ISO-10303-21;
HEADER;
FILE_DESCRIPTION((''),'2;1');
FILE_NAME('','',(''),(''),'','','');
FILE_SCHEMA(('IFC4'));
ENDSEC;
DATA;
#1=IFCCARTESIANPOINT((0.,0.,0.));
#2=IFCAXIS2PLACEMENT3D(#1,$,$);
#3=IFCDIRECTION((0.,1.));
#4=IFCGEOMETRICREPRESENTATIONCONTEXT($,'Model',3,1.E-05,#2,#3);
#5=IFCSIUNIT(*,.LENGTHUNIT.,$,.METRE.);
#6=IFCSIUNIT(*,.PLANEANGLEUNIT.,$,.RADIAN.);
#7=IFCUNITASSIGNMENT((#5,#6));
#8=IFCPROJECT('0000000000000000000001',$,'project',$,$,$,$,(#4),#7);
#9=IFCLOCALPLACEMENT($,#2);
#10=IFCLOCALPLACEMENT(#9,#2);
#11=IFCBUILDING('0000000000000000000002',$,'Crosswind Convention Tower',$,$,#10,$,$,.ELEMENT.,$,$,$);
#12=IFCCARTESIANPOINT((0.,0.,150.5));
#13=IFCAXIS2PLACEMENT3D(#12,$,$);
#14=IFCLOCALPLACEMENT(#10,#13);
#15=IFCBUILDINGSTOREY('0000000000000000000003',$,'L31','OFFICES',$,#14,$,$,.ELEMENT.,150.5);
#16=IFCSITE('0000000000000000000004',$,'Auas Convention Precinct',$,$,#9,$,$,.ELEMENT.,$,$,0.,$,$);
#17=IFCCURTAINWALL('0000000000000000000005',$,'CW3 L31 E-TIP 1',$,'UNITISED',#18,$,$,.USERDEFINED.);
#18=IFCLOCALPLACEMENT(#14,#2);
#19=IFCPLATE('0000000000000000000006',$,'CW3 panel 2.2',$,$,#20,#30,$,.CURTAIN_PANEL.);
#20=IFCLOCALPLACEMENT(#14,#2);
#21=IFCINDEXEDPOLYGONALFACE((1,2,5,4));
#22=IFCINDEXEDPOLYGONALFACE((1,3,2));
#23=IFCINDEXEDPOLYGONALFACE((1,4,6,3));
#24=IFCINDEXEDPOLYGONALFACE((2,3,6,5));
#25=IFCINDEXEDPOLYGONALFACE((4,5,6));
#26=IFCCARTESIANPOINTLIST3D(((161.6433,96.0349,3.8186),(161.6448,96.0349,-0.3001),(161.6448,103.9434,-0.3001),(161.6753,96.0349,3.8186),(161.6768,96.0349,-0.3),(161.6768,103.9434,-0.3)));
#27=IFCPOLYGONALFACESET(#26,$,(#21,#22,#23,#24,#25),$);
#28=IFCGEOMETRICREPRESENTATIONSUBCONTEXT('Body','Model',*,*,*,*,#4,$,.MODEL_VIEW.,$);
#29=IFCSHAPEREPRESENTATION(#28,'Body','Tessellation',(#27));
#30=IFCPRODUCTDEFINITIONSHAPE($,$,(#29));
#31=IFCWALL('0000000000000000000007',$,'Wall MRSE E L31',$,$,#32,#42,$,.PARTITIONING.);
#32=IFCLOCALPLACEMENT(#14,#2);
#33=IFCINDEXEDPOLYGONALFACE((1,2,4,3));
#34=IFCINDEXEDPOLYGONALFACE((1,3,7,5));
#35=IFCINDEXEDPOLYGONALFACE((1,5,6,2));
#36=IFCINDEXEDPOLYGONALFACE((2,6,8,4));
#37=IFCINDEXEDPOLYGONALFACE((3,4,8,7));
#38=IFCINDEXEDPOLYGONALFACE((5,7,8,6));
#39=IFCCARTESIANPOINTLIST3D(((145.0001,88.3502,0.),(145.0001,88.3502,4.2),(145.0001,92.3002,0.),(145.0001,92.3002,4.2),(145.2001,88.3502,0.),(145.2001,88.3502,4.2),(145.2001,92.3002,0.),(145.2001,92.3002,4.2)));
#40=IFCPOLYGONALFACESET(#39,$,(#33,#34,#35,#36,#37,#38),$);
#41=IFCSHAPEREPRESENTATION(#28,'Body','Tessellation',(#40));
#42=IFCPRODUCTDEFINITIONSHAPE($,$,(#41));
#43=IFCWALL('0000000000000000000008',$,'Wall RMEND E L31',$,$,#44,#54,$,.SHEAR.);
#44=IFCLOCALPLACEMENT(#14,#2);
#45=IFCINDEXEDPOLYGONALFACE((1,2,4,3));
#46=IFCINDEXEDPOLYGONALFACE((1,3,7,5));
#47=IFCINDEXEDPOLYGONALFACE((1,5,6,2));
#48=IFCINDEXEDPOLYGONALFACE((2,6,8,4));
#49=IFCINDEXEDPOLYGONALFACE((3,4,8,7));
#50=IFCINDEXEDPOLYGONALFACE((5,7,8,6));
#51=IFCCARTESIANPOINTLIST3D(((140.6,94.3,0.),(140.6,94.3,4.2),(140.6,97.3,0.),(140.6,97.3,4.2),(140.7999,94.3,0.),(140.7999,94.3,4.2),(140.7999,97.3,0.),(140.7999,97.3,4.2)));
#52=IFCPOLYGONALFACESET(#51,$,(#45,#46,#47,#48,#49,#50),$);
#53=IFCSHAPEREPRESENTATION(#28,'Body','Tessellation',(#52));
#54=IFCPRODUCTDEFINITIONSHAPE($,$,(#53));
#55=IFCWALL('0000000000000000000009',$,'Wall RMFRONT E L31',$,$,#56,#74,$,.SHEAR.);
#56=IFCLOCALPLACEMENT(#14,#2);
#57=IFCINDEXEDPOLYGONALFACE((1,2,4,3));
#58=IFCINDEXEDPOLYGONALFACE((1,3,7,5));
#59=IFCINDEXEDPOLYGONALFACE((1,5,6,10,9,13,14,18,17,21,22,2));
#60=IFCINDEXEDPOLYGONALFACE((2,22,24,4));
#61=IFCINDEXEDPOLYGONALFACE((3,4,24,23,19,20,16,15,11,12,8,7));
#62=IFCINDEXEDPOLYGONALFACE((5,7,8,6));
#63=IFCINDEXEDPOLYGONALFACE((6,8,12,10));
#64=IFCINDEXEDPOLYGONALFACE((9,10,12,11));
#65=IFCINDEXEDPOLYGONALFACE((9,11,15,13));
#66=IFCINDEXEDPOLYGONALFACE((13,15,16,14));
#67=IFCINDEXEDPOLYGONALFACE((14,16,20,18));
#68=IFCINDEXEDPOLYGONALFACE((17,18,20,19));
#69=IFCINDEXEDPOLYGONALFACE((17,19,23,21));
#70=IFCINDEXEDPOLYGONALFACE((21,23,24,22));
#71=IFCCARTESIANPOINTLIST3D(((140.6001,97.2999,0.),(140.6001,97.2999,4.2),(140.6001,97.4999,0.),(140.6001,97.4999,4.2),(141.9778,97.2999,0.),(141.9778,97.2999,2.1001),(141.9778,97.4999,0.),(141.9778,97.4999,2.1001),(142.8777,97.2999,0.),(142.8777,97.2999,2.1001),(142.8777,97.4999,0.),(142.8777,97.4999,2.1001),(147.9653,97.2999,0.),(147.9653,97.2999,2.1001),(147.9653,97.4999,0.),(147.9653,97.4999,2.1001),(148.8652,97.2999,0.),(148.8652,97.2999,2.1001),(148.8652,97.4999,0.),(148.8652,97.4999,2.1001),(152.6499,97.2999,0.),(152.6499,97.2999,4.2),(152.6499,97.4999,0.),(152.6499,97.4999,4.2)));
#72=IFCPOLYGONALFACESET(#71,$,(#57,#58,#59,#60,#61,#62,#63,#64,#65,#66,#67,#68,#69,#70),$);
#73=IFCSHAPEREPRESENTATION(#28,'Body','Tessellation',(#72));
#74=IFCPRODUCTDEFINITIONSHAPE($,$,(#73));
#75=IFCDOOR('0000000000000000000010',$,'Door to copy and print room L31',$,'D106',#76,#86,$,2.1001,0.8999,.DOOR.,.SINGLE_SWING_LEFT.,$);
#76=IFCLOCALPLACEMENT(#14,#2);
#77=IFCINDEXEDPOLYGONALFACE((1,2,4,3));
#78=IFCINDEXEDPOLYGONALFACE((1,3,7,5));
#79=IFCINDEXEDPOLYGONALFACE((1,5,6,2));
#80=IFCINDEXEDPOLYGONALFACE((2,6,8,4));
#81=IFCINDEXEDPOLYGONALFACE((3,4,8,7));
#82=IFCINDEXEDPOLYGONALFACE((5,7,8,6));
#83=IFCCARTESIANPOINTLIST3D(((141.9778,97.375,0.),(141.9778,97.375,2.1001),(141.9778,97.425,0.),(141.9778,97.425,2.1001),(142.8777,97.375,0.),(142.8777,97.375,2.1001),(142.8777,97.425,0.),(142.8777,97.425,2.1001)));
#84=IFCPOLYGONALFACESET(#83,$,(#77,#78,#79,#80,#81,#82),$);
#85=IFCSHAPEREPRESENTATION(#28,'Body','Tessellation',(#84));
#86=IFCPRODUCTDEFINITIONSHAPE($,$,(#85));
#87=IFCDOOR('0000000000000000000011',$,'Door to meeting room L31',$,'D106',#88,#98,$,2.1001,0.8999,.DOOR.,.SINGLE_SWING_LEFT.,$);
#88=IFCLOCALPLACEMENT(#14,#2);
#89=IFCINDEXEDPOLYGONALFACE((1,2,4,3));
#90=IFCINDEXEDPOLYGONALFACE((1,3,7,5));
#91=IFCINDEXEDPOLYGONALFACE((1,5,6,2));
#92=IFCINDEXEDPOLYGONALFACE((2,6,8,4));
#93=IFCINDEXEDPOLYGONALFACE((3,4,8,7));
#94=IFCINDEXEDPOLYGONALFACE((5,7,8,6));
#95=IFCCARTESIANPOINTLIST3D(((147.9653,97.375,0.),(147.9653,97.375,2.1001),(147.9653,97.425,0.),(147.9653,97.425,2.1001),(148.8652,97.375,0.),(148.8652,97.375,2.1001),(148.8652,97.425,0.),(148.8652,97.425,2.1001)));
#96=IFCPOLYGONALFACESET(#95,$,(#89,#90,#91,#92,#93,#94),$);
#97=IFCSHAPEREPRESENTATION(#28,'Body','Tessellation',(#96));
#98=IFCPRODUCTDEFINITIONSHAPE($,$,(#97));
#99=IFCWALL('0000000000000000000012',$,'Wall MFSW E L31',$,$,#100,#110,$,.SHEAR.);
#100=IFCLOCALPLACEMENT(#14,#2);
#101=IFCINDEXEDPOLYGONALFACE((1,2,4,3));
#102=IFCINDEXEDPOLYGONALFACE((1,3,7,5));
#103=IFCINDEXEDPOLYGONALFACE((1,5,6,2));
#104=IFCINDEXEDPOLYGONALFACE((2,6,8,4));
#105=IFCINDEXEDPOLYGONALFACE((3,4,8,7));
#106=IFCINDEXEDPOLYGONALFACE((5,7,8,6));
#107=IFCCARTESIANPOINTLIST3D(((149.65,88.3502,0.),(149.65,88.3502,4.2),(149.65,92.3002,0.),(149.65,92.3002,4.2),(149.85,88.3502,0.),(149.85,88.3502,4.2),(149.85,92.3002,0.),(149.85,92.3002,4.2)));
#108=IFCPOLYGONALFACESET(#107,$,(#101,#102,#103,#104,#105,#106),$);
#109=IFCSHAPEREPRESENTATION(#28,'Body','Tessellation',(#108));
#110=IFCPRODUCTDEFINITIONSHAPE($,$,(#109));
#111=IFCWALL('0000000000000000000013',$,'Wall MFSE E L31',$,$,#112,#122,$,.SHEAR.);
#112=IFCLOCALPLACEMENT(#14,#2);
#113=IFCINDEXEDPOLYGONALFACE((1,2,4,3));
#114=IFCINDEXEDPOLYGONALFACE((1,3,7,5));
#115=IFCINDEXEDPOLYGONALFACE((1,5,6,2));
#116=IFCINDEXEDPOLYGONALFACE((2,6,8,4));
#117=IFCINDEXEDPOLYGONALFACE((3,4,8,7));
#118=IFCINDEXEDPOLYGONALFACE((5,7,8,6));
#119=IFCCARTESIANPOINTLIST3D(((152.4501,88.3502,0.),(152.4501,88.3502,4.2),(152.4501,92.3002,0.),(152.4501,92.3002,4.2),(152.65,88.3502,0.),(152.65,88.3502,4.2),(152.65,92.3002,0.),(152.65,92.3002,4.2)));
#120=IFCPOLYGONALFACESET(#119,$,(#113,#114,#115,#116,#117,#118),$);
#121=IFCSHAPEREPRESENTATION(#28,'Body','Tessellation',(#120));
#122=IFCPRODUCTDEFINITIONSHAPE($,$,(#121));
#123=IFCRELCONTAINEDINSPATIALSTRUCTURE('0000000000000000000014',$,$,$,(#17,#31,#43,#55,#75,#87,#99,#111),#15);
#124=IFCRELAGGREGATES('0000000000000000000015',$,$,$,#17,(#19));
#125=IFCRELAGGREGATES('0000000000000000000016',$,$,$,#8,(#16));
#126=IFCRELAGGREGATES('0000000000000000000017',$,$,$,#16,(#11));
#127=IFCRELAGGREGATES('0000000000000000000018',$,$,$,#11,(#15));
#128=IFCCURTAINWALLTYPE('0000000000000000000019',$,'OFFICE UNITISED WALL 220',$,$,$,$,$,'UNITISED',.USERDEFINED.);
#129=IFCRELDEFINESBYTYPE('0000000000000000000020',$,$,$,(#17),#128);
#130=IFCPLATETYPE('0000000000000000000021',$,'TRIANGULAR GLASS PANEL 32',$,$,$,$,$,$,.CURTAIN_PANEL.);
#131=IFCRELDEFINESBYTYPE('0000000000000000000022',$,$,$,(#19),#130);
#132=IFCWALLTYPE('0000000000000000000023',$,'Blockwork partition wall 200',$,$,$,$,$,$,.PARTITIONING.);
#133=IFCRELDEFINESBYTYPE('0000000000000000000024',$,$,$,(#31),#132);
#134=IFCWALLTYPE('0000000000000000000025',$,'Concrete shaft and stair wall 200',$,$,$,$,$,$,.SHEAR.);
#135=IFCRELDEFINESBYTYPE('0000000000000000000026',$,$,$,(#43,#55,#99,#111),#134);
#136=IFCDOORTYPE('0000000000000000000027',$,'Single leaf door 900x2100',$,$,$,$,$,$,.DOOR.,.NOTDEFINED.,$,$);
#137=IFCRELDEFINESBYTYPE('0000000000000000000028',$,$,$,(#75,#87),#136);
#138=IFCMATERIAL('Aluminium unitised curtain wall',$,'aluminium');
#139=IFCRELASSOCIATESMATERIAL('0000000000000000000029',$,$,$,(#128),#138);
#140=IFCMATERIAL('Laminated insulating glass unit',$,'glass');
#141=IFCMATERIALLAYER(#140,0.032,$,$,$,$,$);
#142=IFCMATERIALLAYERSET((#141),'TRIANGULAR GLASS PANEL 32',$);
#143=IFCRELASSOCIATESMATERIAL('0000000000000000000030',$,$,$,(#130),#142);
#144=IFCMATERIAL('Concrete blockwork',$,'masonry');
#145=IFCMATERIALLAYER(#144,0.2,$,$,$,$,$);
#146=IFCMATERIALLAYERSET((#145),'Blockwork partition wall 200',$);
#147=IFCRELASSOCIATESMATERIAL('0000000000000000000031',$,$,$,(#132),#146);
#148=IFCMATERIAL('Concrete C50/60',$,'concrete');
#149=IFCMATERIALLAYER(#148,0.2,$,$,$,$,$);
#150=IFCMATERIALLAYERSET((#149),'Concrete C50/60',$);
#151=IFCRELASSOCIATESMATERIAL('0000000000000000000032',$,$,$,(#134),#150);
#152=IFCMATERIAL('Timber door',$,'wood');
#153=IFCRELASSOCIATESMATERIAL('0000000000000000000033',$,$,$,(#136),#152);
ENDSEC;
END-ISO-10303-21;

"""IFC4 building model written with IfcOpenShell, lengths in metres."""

from ifc_helpers import new_model, si_unit, direction, frame, frame_2d, origin, place, context, subcontext, project, spatial, polyline, rectangle, outline, extrude, material, layer, layer_set, type_object, element, fill, aggregate, save


model = new_model("IFC4")

# Units and contexts
model_context = context("Model", 3, precision=1e-05, world=origin(), true_north=direction((0.0, 1.0)))
body_context = subcontext(model_context, "Body", "Model", "MODEL_VIEW")
ifc_project = project(units=[si_unit("LENGTHUNIT", "METRE"), si_unit("PLANEANGLEUNIT", "RADIAN")], contexts=[model_context])

# Site, building, storey
site_placement = place(None, origin())
site = spatial("IfcSite", under=ifc_project, at=site_placement, Name="Auas Convention Precinct", CompositionType="ELEMENT", RefElevation=0.0)
building_placement = place(site_placement, origin())
building = spatial("IfcBuilding", under=site, at=building_placement, Name="Crosswind Convention Tower", CompositionType="ELEMENT")
storey_placement = place(building_placement, frame((0.0, 0.0, 150.5)))
storey = spatial("IfcBuildingStorey", under=building, at=storey_placement, Name="L31", Description="OFFICES", CompositionType="ELEMENT", Elevation=150.5)

# Curtain wall
ifc_material_1 = material(Name="Aluminium unitised curtain wall", Category="aluminium")
curtain_wall_type = type_object("IfcCurtainWallType", Name="OFFICE UNITISED WALL 220", ElementType="UNITISED", PredefinedType="USERDEFINED", material=ifc_material_1)
curtain_wall_placement = place(storey_placement, origin())
curtain_wall = element("IfcCurtainWall", 1, at=curtain_wall_placement, inside=storey, type_object=curtain_wall_type, Name="CW3 L31 E-TIP 1", ObjectType="UNITISED", PredefinedType="USERDEFINED")

# Plate
ifc_material_2 = material(Name="Laminated insulating glass unit", Category="glass")
ifc_layer_1 = layer(ifc_material_2, 0.032)
ifc_layer_set_1 = layer_set([ifc_layer_1], Name="TRIANGULAR GLASS PANEL 32")
plate_type = type_object("IfcPlateType", Name="TRIANGULAR GLASS PANEL 32", PredefinedType="CURTAIN_PANEL", material=ifc_layer_set_1)
plate_1_placement = place(storey_placement, frame((161.6768, 96.0349, -0.3), z_axis=(1.0, 0.0, 0.000356), x_axis=(0.0, 1.0, 0.0)))
plate_1 = element("IfcPlate", 2, at=plate_1_placement, type_object=plate_type, Name="CW3 panel 2.2", PredefinedType="CURTAIN_PANEL", context=body_context, shape_type="SweptSolid", body=[
    extrude(outline(polyline([(0.0, 0.0), (7.9084, 0.0), (0.0, 4.1187), (0.0, 0.0)])), origin(), (0.0, 0.0, -1.0), 0.032),
])
aggregate(curtain_wall, [plate_1])

# Wall
ifc_material_3 = material(Name="Concrete blockwork", Category="masonry")
ifc_layer_2 = layer(ifc_material_3, 0.2)
ifc_layer_set_2 = layer_set([ifc_layer_2], Name="Blockwork partition wall 200")
wall_type_1 = type_object("IfcWallType", Name="Blockwork partition wall 200", PredefinedType="PARTITIONING", material=ifc_layer_set_2)
wall_1_placement = place(storey_placement, frame((145.1001, 88.3501, 0.0), z_axis=(0.0, 0.0, 1.0), x_axis=(0.0, 1.0, 0.0)))
element("IfcWall", 3, at=wall_1_placement, inside=storey, type_object=wall_type_1, Name="Wall MRSE E L31", PredefinedType="PARTITIONING", context=body_context, shape_type="SweptSolid", body=[
    extrude(rectangle(XDim=3.95, YDim=0.2, at=frame_2d((1.9751, 0.0))), origin(), (0.0, 0.0, 1.0), 4.2),
])

# Wall
ifc_material_4 = material(Name="Concrete C50/60", Category="concrete")
ifc_layer_3 = layer(ifc_material_4, 0.2)
ifc_layer_set_3 = layer_set([ifc_layer_3], Name="Concrete C50/60")
wall_type_2 = type_object("IfcWallType", Name="Concrete shaft and stair wall 200", PredefinedType="SHEAR", material=ifc_layer_set_3)
wall_2_placement = place(storey_placement, frame((140.7, 94.3, 0.0), z_axis=(0.0, 0.0, 1.0), x_axis=(0.0, 1.0, 0.0)))
element("IfcWall", 4, at=wall_2_placement, inside=storey, type_object=wall_type_2, Name="Wall RMEND E L31", PredefinedType="SHEAR", context=body_context, shape_type="SweptSolid", body=[
    extrude(rectangle(XDim=3.0, YDim=0.2, at=frame_2d((1.5, 0.0))), origin(), (0.0, 0.0, 1.0), 4.2),
])

# Wall, openings, doors
wall_3_placement = place(storey_placement, frame((140.6001, 97.3999, 0.0), z_axis=(0.0, 0.0, 1.0), x_axis=(1.0, 0.0, 0.0)))
wall_3 = element("IfcWall", 5, at=wall_3_placement, inside=storey, type_object=wall_type_2, Name="Wall RMFRONT E L31", PredefinedType="SHEAR", context=body_context, shape_type="SweptSolid", body=[
    extrude(rectangle(XDim=12.0498, YDim=0.2, at=frame_2d((6.0249, 0.0))), origin(), (0.0, 0.0, 1.0), 4.2),
])
opening_1_placement = place(wall_3_placement, frame((1.3777, 0.0, 0.0)))
opening_1 = element("IfcOpeningElement", 6, at=opening_1_placement, cuts=wall_3, PredefinedType="OPENING", context=body_context, shape_type="SweptSolid", body=[
    extrude(rectangle(XDim=0.8999, YDim=2.1001, at=frame_2d((0.45, 1.05))), frame((0.0, 0.1099, 0.0), z_axis=(0.0, -1.0, 0.0), x_axis=(1.0, 0.0, 0.0)), (0.0, 0.0, 1.0), 0.22),
])
opening_2_placement = place(wall_3_placement, frame((7.3652, 0.0, 0.0)))
opening_2 = element("IfcOpeningElement", 7, at=opening_2_placement, cuts=wall_3, PredefinedType="OPENING", context=body_context, shape_type="SweptSolid", body=[
    extrude(rectangle(XDim=0.8999, YDim=2.1001, at=frame_2d((0.45, 1.05))), frame((0.0, 0.1099, 0.0), z_axis=(0.0, -1.0, 0.0), x_axis=(1.0, 0.0, 0.0)), (0.0, 0.0, 1.0), 0.22),
])
ifc_material_5 = material(Name="Timber door", Category="wood")
door_type_1 = type_object("IfcDoorType", Name="Single leaf door 900x2100", OperationType="NOTDEFINED", PredefinedType="DOOR", material=ifc_material_5)
door_1_placement = place(opening_1_placement, frame((0.8999, 0.0, 0.0), z_axis=(0.0, 0.0, 1.0), x_axis=(-1.0, 0.0, 0.0)))
door_1 = element("IfcDoor", 8, at=door_1_placement, inside=storey, type_object=door_type_1, Name="Door to copy and print room L31", ObjectType="D106", OperationType="SINGLE_SWING_LEFT", OverallHeight=2.1001, OverallWidth=0.8999, PredefinedType="DOOR", context=body_context, shape_type="SweptSolid", body=[
    extrude(rectangle(XDim=0.8999, YDim=2.1001, at=frame_2d((0.45, 1.05))), frame((0.0, 0.0249, 0.0), z_axis=(0.0, -1.0, 0.0), x_axis=(1.0, 0.0, 0.0)), (0.0, 0.0, 1.0), 0.05),
])
fill(opening_1, door_1)
door_2_placement = place(opening_2_placement, frame((0.8999, 0.0, 0.0), z_axis=(0.0, 0.0, 1.0), x_axis=(-1.0, 0.0, 0.0)))
door_2 = element("IfcDoor", 9, at=door_2_placement, inside=storey, type_object=door_type_1, Name="Door to meeting room L31", ObjectType="D106", OperationType="SINGLE_SWING_LEFT", OverallHeight=2.1001, OverallWidth=0.8999, PredefinedType="DOOR", context=body_context, shape_type="SweptSolid", body=[
    extrude(rectangle(XDim=0.8999, YDim=2.1001, at=frame_2d((0.45, 1.05))), frame((0.0, 0.0249, 0.0), z_axis=(0.0, -1.0, 0.0), x_axis=(1.0, 0.0, 0.0)), (0.0, 0.0, 1.0), 0.05),
])
fill(opening_2, door_2)

# Walls
for number, where, z_axis, x_axis, name in (
    (10, (149.75, 88.3501, 0.0), (0.0, 0.0, 1.0), (0.0, 1.0, 0.0), "Wall MFSW E L31"),
    (11, (152.55, 88.3501, 0.0), (0.0, 0.0, 1.0), (0.0, 1.0, 0.0), "Wall MFSE E L31"),
):
    element("IfcWall", number, at=place(storey_placement, frame(where, z_axis=z_axis, x_axis=x_axis)), inside=storey, type_object=wall_type_2, Name=name, PredefinedType="SHEAR", context=body_context, shape_type="SweptSolid", body=[
        extrude(rectangle(XDim=3.95, YDim=0.2, at=frame_2d((1.9751, 0.0))), origin(), (0.0, 0.0, 1.0), 4.2),
    ])

save(model, "model.ifc")
